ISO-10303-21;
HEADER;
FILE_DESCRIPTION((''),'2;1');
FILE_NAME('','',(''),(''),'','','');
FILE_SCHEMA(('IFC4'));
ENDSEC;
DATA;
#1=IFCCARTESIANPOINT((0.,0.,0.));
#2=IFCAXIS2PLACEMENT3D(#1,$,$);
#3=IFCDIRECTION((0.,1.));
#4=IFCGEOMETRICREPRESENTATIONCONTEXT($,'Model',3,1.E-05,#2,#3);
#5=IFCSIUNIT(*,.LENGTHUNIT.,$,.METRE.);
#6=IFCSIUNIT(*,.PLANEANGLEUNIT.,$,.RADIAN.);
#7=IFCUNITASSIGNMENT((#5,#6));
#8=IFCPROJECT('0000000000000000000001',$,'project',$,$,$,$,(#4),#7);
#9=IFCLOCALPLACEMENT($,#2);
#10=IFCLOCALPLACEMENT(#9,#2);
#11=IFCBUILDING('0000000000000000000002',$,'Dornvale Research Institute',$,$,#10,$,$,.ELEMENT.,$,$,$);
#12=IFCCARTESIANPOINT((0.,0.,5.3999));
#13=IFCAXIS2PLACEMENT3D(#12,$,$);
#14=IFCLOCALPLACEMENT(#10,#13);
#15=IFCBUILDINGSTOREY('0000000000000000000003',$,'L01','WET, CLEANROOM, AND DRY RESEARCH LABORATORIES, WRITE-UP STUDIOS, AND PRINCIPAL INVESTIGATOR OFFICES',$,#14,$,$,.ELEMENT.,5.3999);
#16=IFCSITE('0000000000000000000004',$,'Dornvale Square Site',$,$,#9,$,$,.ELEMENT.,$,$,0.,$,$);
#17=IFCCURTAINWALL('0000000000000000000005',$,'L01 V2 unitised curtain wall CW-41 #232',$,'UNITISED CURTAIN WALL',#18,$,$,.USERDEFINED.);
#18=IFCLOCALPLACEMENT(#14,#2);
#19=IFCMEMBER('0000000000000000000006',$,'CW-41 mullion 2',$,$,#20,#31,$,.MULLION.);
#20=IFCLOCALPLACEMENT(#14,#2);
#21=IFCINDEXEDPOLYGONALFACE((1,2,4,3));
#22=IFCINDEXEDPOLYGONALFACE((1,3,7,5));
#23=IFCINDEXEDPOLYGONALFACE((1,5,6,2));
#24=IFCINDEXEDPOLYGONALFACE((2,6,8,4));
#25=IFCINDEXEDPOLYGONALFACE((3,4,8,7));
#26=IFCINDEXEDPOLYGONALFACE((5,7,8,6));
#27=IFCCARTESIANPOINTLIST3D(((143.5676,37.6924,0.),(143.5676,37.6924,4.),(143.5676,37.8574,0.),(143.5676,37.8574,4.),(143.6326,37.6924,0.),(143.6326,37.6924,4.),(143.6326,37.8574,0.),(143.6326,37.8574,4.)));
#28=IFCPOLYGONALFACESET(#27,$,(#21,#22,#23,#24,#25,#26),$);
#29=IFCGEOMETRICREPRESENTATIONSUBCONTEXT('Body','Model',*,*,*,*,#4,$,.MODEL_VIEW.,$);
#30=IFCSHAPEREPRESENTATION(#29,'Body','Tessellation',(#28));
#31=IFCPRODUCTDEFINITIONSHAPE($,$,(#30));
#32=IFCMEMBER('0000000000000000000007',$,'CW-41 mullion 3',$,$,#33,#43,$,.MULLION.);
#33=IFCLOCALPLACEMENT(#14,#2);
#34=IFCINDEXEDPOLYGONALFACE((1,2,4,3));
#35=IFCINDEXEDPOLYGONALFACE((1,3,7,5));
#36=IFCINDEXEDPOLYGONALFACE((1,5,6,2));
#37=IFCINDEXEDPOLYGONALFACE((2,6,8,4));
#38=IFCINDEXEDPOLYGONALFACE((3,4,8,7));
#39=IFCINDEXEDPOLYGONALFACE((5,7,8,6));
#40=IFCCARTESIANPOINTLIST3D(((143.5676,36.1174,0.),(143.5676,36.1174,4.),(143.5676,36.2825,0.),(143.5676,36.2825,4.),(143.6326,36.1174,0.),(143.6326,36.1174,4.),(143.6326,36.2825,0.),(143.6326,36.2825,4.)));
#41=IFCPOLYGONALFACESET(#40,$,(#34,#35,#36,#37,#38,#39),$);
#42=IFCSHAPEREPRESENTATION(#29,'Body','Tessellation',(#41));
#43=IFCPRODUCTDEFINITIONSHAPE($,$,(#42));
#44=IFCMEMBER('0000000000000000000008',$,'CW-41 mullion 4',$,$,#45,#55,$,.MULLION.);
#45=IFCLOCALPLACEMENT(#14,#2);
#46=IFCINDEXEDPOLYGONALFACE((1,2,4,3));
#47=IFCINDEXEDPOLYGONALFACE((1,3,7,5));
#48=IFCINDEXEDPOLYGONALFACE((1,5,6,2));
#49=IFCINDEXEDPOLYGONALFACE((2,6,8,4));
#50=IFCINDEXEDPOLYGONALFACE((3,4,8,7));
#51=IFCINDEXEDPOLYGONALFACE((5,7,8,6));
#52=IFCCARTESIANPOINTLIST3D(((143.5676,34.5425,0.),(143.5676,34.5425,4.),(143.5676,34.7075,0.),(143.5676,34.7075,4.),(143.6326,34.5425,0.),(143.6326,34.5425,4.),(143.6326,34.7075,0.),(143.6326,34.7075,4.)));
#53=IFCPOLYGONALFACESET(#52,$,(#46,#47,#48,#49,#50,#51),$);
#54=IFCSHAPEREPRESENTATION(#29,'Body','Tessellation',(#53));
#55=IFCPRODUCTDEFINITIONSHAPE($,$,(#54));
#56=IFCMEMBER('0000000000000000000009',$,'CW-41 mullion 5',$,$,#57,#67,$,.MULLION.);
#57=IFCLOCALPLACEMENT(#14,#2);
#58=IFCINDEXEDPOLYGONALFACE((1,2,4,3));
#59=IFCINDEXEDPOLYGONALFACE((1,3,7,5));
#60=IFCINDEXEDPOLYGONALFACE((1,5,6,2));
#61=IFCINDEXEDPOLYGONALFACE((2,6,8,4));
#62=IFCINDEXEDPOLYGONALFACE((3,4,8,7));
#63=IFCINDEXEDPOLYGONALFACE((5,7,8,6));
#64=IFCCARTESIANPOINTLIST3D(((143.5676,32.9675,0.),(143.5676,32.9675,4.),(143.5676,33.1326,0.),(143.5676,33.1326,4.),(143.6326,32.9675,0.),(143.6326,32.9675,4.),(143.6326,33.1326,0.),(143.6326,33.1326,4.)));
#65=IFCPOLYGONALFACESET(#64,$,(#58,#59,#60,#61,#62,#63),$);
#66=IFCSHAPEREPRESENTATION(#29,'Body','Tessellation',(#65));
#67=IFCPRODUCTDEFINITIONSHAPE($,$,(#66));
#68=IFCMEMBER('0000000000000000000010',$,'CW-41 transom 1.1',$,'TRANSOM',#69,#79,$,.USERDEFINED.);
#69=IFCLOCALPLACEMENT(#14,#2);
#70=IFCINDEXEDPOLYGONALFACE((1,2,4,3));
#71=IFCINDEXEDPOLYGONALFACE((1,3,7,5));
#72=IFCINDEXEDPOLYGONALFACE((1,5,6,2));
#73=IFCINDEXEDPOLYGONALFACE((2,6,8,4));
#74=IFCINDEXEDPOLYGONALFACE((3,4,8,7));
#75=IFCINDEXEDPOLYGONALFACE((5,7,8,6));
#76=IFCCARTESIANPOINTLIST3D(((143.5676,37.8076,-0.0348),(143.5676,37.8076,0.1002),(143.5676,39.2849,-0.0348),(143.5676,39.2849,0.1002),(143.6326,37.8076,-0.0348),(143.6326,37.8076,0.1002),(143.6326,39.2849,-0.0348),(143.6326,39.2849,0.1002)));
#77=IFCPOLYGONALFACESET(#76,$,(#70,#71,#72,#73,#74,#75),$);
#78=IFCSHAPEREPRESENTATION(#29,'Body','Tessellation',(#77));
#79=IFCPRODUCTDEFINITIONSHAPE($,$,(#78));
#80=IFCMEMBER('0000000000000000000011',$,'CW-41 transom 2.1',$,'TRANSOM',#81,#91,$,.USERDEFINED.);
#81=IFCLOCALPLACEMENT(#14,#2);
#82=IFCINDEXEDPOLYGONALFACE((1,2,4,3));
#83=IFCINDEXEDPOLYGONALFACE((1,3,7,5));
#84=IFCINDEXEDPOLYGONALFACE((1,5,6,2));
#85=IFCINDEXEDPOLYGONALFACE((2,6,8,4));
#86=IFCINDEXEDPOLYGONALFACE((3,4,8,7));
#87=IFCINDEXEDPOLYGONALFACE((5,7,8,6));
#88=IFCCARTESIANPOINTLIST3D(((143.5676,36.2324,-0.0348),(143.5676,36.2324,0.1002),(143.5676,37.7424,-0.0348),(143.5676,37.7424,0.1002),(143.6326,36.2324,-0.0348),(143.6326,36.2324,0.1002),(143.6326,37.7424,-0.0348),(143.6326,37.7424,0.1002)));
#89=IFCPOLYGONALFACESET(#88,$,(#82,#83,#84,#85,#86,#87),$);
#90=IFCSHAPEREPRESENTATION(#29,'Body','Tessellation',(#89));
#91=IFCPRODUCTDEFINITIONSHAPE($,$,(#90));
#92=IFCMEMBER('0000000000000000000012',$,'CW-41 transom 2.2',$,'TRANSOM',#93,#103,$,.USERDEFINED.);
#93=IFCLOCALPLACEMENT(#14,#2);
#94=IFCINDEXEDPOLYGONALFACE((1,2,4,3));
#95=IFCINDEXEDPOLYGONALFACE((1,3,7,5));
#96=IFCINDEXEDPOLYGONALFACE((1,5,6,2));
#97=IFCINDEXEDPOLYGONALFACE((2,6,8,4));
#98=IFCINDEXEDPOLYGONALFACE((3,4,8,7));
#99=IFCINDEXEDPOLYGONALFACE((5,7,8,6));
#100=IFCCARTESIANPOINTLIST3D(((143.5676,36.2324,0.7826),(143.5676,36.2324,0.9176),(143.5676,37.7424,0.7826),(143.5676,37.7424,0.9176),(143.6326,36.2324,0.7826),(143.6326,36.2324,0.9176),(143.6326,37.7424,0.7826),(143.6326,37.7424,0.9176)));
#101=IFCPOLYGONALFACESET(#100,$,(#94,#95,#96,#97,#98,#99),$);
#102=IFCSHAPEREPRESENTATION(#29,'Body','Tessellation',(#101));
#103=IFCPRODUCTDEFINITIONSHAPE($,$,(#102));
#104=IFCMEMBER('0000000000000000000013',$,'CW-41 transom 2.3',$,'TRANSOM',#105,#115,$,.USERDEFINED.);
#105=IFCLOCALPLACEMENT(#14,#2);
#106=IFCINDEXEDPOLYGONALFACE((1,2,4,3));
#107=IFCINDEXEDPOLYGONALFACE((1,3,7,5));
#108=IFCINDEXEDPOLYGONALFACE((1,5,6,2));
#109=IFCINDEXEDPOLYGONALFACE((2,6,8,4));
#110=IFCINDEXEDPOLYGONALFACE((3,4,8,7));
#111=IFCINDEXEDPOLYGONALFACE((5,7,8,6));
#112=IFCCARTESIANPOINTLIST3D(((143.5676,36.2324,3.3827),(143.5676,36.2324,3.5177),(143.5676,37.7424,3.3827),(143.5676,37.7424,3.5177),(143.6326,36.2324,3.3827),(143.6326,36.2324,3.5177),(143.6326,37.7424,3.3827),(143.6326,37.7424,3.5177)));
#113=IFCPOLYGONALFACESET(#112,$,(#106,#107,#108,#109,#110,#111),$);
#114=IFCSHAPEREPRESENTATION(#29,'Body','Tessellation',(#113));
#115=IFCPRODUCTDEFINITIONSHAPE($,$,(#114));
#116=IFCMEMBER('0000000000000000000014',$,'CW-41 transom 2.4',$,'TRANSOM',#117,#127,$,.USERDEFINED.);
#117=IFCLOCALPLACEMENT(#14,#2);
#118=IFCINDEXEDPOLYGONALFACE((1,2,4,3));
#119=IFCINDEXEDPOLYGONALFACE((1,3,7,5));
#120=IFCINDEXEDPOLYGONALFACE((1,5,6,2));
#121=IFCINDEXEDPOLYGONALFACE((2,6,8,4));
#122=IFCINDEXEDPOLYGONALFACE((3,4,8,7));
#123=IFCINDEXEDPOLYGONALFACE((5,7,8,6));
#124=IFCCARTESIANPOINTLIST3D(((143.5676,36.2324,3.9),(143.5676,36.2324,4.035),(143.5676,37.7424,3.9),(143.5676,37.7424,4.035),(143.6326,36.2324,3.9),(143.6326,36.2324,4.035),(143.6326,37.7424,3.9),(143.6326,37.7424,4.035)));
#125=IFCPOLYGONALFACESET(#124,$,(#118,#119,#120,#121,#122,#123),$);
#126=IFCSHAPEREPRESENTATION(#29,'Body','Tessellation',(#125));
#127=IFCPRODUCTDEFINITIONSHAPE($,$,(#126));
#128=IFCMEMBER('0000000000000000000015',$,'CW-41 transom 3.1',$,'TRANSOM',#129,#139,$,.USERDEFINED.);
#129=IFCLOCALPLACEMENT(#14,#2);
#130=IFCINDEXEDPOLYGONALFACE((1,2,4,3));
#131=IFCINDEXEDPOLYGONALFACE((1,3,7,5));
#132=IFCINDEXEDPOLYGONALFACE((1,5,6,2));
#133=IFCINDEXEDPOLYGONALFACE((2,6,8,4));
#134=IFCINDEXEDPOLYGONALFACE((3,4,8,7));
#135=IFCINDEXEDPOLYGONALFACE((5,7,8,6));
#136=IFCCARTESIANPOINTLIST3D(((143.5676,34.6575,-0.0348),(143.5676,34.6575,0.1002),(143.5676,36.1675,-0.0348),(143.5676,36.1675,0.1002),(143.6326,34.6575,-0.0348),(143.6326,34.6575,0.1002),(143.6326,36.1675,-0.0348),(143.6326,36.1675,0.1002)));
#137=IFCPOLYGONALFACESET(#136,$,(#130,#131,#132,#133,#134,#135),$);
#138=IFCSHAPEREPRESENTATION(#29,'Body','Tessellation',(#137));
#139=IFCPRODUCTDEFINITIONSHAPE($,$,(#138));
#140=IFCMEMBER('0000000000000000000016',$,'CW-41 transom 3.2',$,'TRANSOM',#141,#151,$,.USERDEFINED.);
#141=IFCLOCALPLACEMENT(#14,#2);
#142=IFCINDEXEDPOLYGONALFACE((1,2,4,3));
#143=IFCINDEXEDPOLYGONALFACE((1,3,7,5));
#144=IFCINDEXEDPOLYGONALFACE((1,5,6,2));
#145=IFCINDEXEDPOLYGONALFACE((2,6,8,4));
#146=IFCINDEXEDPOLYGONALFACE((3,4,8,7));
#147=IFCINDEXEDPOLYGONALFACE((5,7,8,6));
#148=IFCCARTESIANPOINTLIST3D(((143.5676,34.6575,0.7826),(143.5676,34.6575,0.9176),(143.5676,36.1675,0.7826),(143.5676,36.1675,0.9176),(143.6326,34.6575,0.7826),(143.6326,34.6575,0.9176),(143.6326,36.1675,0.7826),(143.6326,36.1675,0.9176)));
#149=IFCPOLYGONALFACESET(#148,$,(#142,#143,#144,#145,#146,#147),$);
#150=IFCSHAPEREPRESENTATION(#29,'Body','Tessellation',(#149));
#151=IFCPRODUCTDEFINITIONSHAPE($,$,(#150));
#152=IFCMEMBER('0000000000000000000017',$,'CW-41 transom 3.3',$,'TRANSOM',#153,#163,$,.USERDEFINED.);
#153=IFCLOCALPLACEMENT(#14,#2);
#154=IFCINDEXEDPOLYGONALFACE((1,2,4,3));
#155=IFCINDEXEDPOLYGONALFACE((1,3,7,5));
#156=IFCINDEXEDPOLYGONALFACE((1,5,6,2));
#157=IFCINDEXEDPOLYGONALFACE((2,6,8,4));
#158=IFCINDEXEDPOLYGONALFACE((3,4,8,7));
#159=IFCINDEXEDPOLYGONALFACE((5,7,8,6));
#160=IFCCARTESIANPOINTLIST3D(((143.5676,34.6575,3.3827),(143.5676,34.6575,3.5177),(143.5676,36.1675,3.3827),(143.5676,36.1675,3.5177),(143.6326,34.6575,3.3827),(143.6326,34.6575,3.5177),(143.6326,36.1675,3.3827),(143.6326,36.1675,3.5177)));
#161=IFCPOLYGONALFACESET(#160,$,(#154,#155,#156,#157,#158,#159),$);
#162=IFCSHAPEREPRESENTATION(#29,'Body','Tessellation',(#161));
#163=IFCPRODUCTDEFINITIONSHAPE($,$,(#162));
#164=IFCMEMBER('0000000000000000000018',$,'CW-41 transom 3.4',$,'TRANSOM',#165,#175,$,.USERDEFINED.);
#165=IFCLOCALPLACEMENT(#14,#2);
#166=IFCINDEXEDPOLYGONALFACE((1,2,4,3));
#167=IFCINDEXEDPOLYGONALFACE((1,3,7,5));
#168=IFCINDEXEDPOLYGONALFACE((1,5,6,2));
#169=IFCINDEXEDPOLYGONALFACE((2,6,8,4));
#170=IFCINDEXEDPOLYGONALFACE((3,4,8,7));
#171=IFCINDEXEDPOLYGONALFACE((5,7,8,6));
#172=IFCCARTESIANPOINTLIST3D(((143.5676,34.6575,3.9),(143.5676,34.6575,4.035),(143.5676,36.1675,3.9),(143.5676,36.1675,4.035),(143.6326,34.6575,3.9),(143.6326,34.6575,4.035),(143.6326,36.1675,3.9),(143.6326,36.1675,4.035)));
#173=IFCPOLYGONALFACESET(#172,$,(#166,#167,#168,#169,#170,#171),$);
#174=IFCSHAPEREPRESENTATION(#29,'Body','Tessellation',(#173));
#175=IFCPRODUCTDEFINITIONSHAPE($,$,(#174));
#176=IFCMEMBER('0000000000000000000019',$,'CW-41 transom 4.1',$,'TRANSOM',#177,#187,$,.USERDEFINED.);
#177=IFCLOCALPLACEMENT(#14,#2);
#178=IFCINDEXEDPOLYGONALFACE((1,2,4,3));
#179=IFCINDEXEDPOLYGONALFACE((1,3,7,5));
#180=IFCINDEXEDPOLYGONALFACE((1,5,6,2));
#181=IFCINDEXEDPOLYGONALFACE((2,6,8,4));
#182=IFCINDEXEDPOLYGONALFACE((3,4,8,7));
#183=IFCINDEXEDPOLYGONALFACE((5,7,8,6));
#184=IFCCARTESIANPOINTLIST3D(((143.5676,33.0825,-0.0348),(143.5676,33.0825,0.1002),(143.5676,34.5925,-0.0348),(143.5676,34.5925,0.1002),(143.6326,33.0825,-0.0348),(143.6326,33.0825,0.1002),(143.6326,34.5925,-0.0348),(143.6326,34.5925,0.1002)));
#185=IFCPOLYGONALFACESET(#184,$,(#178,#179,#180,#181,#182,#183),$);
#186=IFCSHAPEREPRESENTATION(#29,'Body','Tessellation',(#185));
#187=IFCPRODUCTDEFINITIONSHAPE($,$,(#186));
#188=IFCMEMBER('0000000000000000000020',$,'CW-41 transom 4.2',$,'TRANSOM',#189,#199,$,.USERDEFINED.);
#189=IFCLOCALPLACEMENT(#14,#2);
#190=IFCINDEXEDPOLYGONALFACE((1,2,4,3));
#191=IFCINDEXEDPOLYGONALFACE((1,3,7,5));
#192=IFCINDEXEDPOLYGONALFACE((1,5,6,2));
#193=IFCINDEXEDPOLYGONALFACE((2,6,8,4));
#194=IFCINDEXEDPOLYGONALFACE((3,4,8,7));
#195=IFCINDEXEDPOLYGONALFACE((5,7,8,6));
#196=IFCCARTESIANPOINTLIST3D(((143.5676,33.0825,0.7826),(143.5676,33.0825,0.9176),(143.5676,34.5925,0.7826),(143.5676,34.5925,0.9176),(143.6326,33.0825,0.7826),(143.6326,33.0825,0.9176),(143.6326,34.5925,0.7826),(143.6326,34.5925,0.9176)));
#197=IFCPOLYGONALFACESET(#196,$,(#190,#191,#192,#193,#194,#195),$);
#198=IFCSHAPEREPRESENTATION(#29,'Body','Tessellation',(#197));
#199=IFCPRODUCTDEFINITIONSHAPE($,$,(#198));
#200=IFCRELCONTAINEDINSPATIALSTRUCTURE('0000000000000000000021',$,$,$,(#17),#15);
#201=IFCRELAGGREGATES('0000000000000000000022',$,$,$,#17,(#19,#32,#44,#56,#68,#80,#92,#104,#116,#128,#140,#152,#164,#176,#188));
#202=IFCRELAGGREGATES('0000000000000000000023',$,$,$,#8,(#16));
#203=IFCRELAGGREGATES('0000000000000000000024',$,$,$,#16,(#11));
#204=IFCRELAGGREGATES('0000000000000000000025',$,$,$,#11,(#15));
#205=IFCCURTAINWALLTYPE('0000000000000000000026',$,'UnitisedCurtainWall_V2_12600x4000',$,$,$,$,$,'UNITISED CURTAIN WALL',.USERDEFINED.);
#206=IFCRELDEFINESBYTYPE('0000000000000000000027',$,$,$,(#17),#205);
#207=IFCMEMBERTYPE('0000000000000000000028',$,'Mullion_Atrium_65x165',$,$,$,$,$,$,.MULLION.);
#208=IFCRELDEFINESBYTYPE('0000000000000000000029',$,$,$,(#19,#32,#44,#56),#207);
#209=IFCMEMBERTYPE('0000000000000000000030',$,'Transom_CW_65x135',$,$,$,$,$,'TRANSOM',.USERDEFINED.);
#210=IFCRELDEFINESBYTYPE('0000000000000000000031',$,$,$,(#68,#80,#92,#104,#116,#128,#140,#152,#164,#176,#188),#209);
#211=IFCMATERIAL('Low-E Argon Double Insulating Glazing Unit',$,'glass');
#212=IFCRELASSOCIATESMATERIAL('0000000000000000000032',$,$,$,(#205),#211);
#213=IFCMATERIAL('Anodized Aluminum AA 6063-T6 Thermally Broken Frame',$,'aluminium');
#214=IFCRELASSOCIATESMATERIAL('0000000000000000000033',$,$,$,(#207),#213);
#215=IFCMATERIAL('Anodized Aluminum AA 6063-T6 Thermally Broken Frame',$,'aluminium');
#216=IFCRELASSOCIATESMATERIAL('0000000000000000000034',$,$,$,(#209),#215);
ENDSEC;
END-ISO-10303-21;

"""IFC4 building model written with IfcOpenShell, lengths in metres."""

from ifc_helpers import new_model, si_unit, direction, frame, origin, origin_2d, place, context, subcontext, project, spatial, rectangle, extrude, material, material_profile, profile_set, type_object, element, aggregate, save


model = new_model("IFC4")

# Units and contexts
model_context = context("Model", 3, precision=1e-05, world=origin(), true_north=direction((0.0, 1.0)))
body_context = subcontext(model_context, "Body", "Model", "MODEL_VIEW")
ifc_project = project(units=[si_unit("LENGTHUNIT", "METRE"), si_unit("PLANEANGLEUNIT", "RADIAN")], contexts=[model_context])

# Site, building, storey
site_placement = place(None, origin())
site = spatial("IfcSite", under=ifc_project, at=site_placement, Name="Dornvale Square Site", CompositionType="ELEMENT", RefElevation=0.0)
building_placement = place(site_placement, origin())
building = spatial("IfcBuilding", under=site, at=building_placement, Name="Dornvale Research Institute", CompositionType="ELEMENT")
storey_placement = place(building_placement, frame((0.0, 0.0, 5.3999)))
storey = spatial("IfcBuildingStorey", under=building, at=storey_placement, Name="L01", Description="WET, CLEANROOM, AND DRY RESEARCH LABORATORIES, WRITE-UP STUDIOS, AND PRINCIPAL INVESTIGATOR OFFICES", CompositionType="ELEMENT", Elevation=5.3999)

# Curtain wall, members
ifc_material_1 = material(Name="Low-E Argon Double Insulating Glazing Unit", Category="glass")
curtain_wall_type = type_object("IfcCurtainWallType", Name="UnitisedCurtainWall_V2_12600x4000", ElementType="UNITISED CURTAIN WALL", PredefinedType="USERDEFINED", material=ifc_material_1)
curtain_wall_placement = place(storey_placement, origin())
curtain_wall = element("IfcCurtainWall", 1, at=curtain_wall_placement, inside=storey, type_object=curtain_wall_type, Name="L01 V2 unitised curtain wall CW-41 #232", ObjectType="UNITISED CURTAIN WALL", PredefinedType="USERDEFINED")
ifc_material_2 = material(Name="Anodized Aluminum AA 6063-T6 Thermally Broken Frame", Category="aluminium")
ifc_material_profile_1 = material_profile(ifc_material_2, rectangle(XDim=0.0649, YDim=0.165, at=origin_2d()), Name="ALU MULLION 65x165")
ifc_profile_set_1 = profile_set([ifc_material_profile_1], Name="Anodized Aluminum AA 6063-T6 Thermally Broken Frame")
member_type_1 = type_object("IfcMemberType", Name="Mullion_Atrium_65x165", PredefinedType="MULLION", material=ifc_profile_set_1)
member_1_placement = place(storey_placement, frame((143.6001, 37.7749, 0.0), z_axis=(0.0, 0.0, 1.0), x_axis=(1.0, 0.0, 0.0)))
member_1 = element("IfcMember", 2, at=member_1_placement, type_object=member_type_1, Name="CW-41 mullion 2", PredefinedType="MULLION", context=body_context, shape_type="SweptSolid", body=[
    extrude(rectangle(XDim=0.0649, YDim=0.165, at=origin_2d()), origin(), (0.0, 0.0, 1.0), 4.0),
])
member_2_placement = place(storey_placement, frame((143.6001, 36.2, 0.0), z_axis=(0.0, 0.0, 1.0), x_axis=(1.0, 0.0, 0.0)))
member_2 = element("IfcMember", 3, at=member_2_placement, type_object=member_type_1, Name="CW-41 mullion 3", PredefinedType="MULLION", context=body_context, shape_type="SweptSolid", body=[
    extrude(rectangle(XDim=0.0649, YDim=0.165, at=origin_2d()), origin(), (0.0, 0.0, 1.0), 4.0),
])
member_3_placement = place(storey_placement, frame((143.6001, 34.625, 0.0), z_axis=(0.0, 0.0, 1.0), x_axis=(1.0, 0.0, 0.0)))
member_3 = element("IfcMember", 4, at=member_3_placement, type_object=member_type_1, Name="CW-41 mullion 4", PredefinedType="MULLION", context=body_context, shape_type="SweptSolid", body=[
    extrude(rectangle(XDim=0.0649, YDim=0.165, at=origin_2d()), origin(), (0.0, 0.0, 1.0), 4.0),
])
member_4_placement = place(storey_placement, frame((143.6001, 33.05, 0.0), z_axis=(0.0, 0.0, 1.0), x_axis=(1.0, 0.0, 0.0)))
member_4 = element("IfcMember", 5, at=member_4_placement, type_object=member_type_1, Name="CW-41 mullion 5", PredefinedType="MULLION", context=body_context, shape_type="SweptSolid", body=[
    extrude(rectangle(XDim=0.0649, YDim=0.165, at=origin_2d()), origin(), (0.0, 0.0, 1.0), 4.0),
])
ifc_material_3 = material(Name="Anodized Aluminum AA 6063-T6 Thermally Broken Frame", Category="aluminium")
ifc_material_profile_2 = material_profile(ifc_material_3, rectangle(XDim=0.0649, YDim=0.135, at=origin_2d()), Name="ALU TRANSOM 65x135")
ifc_profile_set_2 = profile_set([ifc_material_profile_2], Name="Anodized Aluminum AA 6063-T6 Thermally Broken Frame")
member_type_2 = type_object("IfcMemberType", Name="Transom_CW_65x135", ElementType="TRANSOM", PredefinedType="USERDEFINED", material=ifc_profile_set_2)
member_5_placement = place(storey_placement, frame((143.6001, 39.2849, 0.0327), z_axis=(0.0, -1.0, 0.0), x_axis=(1.0, 0.0, 0.0)))
member_5 = element("IfcMember", 6, at=member_5_placement, type_object=member_type_2, Name="CW-41 transom 1.1", ObjectType="TRANSOM", PredefinedType="USERDEFINED", context=body_context, shape_type="SweptSolid", body=[
    extrude(rectangle(XDim=0.0649, YDim=0.135, at=origin_2d()), origin(), (0.0, 0.0, 1.0), 1.4773),
])
member_6_placement = place(storey_placement, frame((143.6001, 37.7424, 0.0327), z_axis=(0.0, -1.0, 0.0), x_axis=(1.0, 0.0, 0.0)))
member_6 = element("IfcMember", 7, at=member_6_placement, type_object=member_type_2, Name="CW-41 transom 2.1", ObjectType="TRANSOM", PredefinedType="USERDEFINED", context=body_context, shape_type="SweptSolid", body=[
    extrude(rectangle(XDim=0.0649, YDim=0.135, at=origin_2d()), origin(), (0.0, 0.0, 1.0), 1.51),
])
member_7_placement = place(storey_placement, frame((143.6001, 37.7424, 0.8501), z_axis=(0.0, -1.0, 0.0), x_axis=(1.0, 0.0, 0.0)))
member_7 = element("IfcMember", 8, at=member_7_placement, type_object=member_type_2, Name="CW-41 transom 2.2", ObjectType="TRANSOM", PredefinedType="USERDEFINED", context=body_context, shape_type="SweptSolid", body=[
    extrude(rectangle(XDim=0.0649, YDim=0.135, at=origin_2d()), origin(), (0.0, 0.0, 1.0), 1.51),
])
member_8_placement = place(storey_placement, frame((143.6001, 37.7424, 3.4502), z_axis=(0.0, -1.0, 0.0), x_axis=(1.0, 0.0, 0.0)))
member_8 = element("IfcMember", 9, at=member_8_placement, type_object=member_type_2, Name="CW-41 transom 2.3", ObjectType="TRANSOM", PredefinedType="USERDEFINED", context=body_context, shape_type="SweptSolid", body=[
    extrude(rectangle(XDim=0.0649, YDim=0.135, at=origin_2d()), origin(), (0.0, 0.0, 1.0), 1.51),
])
member_9_placement = place(storey_placement, frame((143.6001, 37.7424, 3.9675), z_axis=(0.0, -1.0, 0.0), x_axis=(1.0, 0.0, 0.0)))
member_9 = element("IfcMember", 10, at=member_9_placement, type_object=member_type_2, Name="CW-41 transom 2.4", ObjectType="TRANSOM", PredefinedType="USERDEFINED", context=body_context, shape_type="SweptSolid", body=[
    extrude(rectangle(XDim=0.0649, YDim=0.135, at=origin_2d()), origin(), (0.0, 0.0, 1.0), 1.51),
])
member_10_placement = place(storey_placement, frame((143.6001, 36.1675, 0.0327), z_axis=(0.0, -1.0, 0.0), x_axis=(1.0, 0.0, 0.0)))
member_10 = element("IfcMember", 11, at=member_10_placement, type_object=member_type_2, Name="CW-41 transom 3.1", ObjectType="TRANSOM", PredefinedType="USERDEFINED", context=body_context, shape_type="SweptSolid", body=[
    extrude(rectangle(XDim=0.0649, YDim=0.135, at=origin_2d()), origin(), (0.0, 0.0, 1.0), 1.51),
])
member_11_placement = place(storey_placement, frame((143.6001, 36.1675, 0.8501), z_axis=(0.0, -1.0, 0.0), x_axis=(1.0, 0.0, 0.0)))
member_11 = element("IfcMember", 12, at=member_11_placement, type_object=member_type_2, Name="CW-41 transom 3.2", ObjectType="TRANSOM", PredefinedType="USERDEFINED", context=body_context, shape_type="SweptSolid", body=[
    extrude(rectangle(XDim=0.0649, YDim=0.135, at=origin_2d()), origin(), (0.0, 0.0, 1.0), 1.51),
])
member_12_placement = place(storey_placement, frame((143.6001, 36.1675, 3.4502), z_axis=(0.0, -1.0, 0.0), x_axis=(1.0, 0.0, 0.0)))
member_12 = element("IfcMember", 13, at=member_12_placement, type_object=member_type_2, Name="CW-41 transom 3.3", ObjectType="TRANSOM", PredefinedType="USERDEFINED", context=body_context, shape_type="SweptSolid", body=[
    extrude(rectangle(XDim=0.0649, YDim=0.135, at=origin_2d()), origin(), (0.0, 0.0, 1.0), 1.51),
])
member_13_placement = place(storey_placement, frame((143.6001, 36.1675, 3.9675), z_axis=(0.0, -1.0, 0.0), x_axis=(1.0, 0.0, 0.0)))
member_13 = element("IfcMember", 14, at=member_13_placement, type_object=member_type_2, Name="CW-41 transom 3.4", ObjectType="TRANSOM", PredefinedType="USERDEFINED", context=body_context, shape_type="SweptSolid", body=[
    extrude(rectangle(XDim=0.0649, YDim=0.135, at=origin_2d()), origin(), (0.0, 0.0, 1.0), 1.51),
])
member_14_placement = place(storey_placement, frame((143.6001, 34.5925, 0.0327), z_axis=(0.0, -1.0, 0.0), x_axis=(1.0, 0.0, 0.0)))
member_14 = element("IfcMember", 15, at=member_14_placement, type_object=member_type_2, Name="CW-41 transom 4.1", ObjectType="TRANSOM", PredefinedType="USERDEFINED", context=body_context, shape_type="SweptSolid", body=[
    extrude(rectangle(XDim=0.0649, YDim=0.135, at=origin_2d()), origin(), (0.0, 0.0, 1.0), 1.51),
])
member_15_placement = place(storey_placement, frame((143.6001, 34.5925, 0.8501), z_axis=(0.0, -1.0, 0.0), x_axis=(1.0, 0.0, 0.0)))
member_15 = element("IfcMember", 16, at=member_15_placement, type_object=member_type_2, Name="CW-41 transom 4.2", ObjectType="TRANSOM", PredefinedType="USERDEFINED", context=body_context, shape_type="SweptSolid", body=[
    extrude(rectangle(XDim=0.0649, YDim=0.135, at=origin_2d()), origin(), (0.0, 0.0, 1.0), 1.51),
])
aggregate(curtain_wall, [member_1, member_2, member_3, member_4, member_5, member_6, member_7, member_8, member_9, member_10, member_11, member_12, member_13, member_14, member_15])

save(model, "model.ifc")
